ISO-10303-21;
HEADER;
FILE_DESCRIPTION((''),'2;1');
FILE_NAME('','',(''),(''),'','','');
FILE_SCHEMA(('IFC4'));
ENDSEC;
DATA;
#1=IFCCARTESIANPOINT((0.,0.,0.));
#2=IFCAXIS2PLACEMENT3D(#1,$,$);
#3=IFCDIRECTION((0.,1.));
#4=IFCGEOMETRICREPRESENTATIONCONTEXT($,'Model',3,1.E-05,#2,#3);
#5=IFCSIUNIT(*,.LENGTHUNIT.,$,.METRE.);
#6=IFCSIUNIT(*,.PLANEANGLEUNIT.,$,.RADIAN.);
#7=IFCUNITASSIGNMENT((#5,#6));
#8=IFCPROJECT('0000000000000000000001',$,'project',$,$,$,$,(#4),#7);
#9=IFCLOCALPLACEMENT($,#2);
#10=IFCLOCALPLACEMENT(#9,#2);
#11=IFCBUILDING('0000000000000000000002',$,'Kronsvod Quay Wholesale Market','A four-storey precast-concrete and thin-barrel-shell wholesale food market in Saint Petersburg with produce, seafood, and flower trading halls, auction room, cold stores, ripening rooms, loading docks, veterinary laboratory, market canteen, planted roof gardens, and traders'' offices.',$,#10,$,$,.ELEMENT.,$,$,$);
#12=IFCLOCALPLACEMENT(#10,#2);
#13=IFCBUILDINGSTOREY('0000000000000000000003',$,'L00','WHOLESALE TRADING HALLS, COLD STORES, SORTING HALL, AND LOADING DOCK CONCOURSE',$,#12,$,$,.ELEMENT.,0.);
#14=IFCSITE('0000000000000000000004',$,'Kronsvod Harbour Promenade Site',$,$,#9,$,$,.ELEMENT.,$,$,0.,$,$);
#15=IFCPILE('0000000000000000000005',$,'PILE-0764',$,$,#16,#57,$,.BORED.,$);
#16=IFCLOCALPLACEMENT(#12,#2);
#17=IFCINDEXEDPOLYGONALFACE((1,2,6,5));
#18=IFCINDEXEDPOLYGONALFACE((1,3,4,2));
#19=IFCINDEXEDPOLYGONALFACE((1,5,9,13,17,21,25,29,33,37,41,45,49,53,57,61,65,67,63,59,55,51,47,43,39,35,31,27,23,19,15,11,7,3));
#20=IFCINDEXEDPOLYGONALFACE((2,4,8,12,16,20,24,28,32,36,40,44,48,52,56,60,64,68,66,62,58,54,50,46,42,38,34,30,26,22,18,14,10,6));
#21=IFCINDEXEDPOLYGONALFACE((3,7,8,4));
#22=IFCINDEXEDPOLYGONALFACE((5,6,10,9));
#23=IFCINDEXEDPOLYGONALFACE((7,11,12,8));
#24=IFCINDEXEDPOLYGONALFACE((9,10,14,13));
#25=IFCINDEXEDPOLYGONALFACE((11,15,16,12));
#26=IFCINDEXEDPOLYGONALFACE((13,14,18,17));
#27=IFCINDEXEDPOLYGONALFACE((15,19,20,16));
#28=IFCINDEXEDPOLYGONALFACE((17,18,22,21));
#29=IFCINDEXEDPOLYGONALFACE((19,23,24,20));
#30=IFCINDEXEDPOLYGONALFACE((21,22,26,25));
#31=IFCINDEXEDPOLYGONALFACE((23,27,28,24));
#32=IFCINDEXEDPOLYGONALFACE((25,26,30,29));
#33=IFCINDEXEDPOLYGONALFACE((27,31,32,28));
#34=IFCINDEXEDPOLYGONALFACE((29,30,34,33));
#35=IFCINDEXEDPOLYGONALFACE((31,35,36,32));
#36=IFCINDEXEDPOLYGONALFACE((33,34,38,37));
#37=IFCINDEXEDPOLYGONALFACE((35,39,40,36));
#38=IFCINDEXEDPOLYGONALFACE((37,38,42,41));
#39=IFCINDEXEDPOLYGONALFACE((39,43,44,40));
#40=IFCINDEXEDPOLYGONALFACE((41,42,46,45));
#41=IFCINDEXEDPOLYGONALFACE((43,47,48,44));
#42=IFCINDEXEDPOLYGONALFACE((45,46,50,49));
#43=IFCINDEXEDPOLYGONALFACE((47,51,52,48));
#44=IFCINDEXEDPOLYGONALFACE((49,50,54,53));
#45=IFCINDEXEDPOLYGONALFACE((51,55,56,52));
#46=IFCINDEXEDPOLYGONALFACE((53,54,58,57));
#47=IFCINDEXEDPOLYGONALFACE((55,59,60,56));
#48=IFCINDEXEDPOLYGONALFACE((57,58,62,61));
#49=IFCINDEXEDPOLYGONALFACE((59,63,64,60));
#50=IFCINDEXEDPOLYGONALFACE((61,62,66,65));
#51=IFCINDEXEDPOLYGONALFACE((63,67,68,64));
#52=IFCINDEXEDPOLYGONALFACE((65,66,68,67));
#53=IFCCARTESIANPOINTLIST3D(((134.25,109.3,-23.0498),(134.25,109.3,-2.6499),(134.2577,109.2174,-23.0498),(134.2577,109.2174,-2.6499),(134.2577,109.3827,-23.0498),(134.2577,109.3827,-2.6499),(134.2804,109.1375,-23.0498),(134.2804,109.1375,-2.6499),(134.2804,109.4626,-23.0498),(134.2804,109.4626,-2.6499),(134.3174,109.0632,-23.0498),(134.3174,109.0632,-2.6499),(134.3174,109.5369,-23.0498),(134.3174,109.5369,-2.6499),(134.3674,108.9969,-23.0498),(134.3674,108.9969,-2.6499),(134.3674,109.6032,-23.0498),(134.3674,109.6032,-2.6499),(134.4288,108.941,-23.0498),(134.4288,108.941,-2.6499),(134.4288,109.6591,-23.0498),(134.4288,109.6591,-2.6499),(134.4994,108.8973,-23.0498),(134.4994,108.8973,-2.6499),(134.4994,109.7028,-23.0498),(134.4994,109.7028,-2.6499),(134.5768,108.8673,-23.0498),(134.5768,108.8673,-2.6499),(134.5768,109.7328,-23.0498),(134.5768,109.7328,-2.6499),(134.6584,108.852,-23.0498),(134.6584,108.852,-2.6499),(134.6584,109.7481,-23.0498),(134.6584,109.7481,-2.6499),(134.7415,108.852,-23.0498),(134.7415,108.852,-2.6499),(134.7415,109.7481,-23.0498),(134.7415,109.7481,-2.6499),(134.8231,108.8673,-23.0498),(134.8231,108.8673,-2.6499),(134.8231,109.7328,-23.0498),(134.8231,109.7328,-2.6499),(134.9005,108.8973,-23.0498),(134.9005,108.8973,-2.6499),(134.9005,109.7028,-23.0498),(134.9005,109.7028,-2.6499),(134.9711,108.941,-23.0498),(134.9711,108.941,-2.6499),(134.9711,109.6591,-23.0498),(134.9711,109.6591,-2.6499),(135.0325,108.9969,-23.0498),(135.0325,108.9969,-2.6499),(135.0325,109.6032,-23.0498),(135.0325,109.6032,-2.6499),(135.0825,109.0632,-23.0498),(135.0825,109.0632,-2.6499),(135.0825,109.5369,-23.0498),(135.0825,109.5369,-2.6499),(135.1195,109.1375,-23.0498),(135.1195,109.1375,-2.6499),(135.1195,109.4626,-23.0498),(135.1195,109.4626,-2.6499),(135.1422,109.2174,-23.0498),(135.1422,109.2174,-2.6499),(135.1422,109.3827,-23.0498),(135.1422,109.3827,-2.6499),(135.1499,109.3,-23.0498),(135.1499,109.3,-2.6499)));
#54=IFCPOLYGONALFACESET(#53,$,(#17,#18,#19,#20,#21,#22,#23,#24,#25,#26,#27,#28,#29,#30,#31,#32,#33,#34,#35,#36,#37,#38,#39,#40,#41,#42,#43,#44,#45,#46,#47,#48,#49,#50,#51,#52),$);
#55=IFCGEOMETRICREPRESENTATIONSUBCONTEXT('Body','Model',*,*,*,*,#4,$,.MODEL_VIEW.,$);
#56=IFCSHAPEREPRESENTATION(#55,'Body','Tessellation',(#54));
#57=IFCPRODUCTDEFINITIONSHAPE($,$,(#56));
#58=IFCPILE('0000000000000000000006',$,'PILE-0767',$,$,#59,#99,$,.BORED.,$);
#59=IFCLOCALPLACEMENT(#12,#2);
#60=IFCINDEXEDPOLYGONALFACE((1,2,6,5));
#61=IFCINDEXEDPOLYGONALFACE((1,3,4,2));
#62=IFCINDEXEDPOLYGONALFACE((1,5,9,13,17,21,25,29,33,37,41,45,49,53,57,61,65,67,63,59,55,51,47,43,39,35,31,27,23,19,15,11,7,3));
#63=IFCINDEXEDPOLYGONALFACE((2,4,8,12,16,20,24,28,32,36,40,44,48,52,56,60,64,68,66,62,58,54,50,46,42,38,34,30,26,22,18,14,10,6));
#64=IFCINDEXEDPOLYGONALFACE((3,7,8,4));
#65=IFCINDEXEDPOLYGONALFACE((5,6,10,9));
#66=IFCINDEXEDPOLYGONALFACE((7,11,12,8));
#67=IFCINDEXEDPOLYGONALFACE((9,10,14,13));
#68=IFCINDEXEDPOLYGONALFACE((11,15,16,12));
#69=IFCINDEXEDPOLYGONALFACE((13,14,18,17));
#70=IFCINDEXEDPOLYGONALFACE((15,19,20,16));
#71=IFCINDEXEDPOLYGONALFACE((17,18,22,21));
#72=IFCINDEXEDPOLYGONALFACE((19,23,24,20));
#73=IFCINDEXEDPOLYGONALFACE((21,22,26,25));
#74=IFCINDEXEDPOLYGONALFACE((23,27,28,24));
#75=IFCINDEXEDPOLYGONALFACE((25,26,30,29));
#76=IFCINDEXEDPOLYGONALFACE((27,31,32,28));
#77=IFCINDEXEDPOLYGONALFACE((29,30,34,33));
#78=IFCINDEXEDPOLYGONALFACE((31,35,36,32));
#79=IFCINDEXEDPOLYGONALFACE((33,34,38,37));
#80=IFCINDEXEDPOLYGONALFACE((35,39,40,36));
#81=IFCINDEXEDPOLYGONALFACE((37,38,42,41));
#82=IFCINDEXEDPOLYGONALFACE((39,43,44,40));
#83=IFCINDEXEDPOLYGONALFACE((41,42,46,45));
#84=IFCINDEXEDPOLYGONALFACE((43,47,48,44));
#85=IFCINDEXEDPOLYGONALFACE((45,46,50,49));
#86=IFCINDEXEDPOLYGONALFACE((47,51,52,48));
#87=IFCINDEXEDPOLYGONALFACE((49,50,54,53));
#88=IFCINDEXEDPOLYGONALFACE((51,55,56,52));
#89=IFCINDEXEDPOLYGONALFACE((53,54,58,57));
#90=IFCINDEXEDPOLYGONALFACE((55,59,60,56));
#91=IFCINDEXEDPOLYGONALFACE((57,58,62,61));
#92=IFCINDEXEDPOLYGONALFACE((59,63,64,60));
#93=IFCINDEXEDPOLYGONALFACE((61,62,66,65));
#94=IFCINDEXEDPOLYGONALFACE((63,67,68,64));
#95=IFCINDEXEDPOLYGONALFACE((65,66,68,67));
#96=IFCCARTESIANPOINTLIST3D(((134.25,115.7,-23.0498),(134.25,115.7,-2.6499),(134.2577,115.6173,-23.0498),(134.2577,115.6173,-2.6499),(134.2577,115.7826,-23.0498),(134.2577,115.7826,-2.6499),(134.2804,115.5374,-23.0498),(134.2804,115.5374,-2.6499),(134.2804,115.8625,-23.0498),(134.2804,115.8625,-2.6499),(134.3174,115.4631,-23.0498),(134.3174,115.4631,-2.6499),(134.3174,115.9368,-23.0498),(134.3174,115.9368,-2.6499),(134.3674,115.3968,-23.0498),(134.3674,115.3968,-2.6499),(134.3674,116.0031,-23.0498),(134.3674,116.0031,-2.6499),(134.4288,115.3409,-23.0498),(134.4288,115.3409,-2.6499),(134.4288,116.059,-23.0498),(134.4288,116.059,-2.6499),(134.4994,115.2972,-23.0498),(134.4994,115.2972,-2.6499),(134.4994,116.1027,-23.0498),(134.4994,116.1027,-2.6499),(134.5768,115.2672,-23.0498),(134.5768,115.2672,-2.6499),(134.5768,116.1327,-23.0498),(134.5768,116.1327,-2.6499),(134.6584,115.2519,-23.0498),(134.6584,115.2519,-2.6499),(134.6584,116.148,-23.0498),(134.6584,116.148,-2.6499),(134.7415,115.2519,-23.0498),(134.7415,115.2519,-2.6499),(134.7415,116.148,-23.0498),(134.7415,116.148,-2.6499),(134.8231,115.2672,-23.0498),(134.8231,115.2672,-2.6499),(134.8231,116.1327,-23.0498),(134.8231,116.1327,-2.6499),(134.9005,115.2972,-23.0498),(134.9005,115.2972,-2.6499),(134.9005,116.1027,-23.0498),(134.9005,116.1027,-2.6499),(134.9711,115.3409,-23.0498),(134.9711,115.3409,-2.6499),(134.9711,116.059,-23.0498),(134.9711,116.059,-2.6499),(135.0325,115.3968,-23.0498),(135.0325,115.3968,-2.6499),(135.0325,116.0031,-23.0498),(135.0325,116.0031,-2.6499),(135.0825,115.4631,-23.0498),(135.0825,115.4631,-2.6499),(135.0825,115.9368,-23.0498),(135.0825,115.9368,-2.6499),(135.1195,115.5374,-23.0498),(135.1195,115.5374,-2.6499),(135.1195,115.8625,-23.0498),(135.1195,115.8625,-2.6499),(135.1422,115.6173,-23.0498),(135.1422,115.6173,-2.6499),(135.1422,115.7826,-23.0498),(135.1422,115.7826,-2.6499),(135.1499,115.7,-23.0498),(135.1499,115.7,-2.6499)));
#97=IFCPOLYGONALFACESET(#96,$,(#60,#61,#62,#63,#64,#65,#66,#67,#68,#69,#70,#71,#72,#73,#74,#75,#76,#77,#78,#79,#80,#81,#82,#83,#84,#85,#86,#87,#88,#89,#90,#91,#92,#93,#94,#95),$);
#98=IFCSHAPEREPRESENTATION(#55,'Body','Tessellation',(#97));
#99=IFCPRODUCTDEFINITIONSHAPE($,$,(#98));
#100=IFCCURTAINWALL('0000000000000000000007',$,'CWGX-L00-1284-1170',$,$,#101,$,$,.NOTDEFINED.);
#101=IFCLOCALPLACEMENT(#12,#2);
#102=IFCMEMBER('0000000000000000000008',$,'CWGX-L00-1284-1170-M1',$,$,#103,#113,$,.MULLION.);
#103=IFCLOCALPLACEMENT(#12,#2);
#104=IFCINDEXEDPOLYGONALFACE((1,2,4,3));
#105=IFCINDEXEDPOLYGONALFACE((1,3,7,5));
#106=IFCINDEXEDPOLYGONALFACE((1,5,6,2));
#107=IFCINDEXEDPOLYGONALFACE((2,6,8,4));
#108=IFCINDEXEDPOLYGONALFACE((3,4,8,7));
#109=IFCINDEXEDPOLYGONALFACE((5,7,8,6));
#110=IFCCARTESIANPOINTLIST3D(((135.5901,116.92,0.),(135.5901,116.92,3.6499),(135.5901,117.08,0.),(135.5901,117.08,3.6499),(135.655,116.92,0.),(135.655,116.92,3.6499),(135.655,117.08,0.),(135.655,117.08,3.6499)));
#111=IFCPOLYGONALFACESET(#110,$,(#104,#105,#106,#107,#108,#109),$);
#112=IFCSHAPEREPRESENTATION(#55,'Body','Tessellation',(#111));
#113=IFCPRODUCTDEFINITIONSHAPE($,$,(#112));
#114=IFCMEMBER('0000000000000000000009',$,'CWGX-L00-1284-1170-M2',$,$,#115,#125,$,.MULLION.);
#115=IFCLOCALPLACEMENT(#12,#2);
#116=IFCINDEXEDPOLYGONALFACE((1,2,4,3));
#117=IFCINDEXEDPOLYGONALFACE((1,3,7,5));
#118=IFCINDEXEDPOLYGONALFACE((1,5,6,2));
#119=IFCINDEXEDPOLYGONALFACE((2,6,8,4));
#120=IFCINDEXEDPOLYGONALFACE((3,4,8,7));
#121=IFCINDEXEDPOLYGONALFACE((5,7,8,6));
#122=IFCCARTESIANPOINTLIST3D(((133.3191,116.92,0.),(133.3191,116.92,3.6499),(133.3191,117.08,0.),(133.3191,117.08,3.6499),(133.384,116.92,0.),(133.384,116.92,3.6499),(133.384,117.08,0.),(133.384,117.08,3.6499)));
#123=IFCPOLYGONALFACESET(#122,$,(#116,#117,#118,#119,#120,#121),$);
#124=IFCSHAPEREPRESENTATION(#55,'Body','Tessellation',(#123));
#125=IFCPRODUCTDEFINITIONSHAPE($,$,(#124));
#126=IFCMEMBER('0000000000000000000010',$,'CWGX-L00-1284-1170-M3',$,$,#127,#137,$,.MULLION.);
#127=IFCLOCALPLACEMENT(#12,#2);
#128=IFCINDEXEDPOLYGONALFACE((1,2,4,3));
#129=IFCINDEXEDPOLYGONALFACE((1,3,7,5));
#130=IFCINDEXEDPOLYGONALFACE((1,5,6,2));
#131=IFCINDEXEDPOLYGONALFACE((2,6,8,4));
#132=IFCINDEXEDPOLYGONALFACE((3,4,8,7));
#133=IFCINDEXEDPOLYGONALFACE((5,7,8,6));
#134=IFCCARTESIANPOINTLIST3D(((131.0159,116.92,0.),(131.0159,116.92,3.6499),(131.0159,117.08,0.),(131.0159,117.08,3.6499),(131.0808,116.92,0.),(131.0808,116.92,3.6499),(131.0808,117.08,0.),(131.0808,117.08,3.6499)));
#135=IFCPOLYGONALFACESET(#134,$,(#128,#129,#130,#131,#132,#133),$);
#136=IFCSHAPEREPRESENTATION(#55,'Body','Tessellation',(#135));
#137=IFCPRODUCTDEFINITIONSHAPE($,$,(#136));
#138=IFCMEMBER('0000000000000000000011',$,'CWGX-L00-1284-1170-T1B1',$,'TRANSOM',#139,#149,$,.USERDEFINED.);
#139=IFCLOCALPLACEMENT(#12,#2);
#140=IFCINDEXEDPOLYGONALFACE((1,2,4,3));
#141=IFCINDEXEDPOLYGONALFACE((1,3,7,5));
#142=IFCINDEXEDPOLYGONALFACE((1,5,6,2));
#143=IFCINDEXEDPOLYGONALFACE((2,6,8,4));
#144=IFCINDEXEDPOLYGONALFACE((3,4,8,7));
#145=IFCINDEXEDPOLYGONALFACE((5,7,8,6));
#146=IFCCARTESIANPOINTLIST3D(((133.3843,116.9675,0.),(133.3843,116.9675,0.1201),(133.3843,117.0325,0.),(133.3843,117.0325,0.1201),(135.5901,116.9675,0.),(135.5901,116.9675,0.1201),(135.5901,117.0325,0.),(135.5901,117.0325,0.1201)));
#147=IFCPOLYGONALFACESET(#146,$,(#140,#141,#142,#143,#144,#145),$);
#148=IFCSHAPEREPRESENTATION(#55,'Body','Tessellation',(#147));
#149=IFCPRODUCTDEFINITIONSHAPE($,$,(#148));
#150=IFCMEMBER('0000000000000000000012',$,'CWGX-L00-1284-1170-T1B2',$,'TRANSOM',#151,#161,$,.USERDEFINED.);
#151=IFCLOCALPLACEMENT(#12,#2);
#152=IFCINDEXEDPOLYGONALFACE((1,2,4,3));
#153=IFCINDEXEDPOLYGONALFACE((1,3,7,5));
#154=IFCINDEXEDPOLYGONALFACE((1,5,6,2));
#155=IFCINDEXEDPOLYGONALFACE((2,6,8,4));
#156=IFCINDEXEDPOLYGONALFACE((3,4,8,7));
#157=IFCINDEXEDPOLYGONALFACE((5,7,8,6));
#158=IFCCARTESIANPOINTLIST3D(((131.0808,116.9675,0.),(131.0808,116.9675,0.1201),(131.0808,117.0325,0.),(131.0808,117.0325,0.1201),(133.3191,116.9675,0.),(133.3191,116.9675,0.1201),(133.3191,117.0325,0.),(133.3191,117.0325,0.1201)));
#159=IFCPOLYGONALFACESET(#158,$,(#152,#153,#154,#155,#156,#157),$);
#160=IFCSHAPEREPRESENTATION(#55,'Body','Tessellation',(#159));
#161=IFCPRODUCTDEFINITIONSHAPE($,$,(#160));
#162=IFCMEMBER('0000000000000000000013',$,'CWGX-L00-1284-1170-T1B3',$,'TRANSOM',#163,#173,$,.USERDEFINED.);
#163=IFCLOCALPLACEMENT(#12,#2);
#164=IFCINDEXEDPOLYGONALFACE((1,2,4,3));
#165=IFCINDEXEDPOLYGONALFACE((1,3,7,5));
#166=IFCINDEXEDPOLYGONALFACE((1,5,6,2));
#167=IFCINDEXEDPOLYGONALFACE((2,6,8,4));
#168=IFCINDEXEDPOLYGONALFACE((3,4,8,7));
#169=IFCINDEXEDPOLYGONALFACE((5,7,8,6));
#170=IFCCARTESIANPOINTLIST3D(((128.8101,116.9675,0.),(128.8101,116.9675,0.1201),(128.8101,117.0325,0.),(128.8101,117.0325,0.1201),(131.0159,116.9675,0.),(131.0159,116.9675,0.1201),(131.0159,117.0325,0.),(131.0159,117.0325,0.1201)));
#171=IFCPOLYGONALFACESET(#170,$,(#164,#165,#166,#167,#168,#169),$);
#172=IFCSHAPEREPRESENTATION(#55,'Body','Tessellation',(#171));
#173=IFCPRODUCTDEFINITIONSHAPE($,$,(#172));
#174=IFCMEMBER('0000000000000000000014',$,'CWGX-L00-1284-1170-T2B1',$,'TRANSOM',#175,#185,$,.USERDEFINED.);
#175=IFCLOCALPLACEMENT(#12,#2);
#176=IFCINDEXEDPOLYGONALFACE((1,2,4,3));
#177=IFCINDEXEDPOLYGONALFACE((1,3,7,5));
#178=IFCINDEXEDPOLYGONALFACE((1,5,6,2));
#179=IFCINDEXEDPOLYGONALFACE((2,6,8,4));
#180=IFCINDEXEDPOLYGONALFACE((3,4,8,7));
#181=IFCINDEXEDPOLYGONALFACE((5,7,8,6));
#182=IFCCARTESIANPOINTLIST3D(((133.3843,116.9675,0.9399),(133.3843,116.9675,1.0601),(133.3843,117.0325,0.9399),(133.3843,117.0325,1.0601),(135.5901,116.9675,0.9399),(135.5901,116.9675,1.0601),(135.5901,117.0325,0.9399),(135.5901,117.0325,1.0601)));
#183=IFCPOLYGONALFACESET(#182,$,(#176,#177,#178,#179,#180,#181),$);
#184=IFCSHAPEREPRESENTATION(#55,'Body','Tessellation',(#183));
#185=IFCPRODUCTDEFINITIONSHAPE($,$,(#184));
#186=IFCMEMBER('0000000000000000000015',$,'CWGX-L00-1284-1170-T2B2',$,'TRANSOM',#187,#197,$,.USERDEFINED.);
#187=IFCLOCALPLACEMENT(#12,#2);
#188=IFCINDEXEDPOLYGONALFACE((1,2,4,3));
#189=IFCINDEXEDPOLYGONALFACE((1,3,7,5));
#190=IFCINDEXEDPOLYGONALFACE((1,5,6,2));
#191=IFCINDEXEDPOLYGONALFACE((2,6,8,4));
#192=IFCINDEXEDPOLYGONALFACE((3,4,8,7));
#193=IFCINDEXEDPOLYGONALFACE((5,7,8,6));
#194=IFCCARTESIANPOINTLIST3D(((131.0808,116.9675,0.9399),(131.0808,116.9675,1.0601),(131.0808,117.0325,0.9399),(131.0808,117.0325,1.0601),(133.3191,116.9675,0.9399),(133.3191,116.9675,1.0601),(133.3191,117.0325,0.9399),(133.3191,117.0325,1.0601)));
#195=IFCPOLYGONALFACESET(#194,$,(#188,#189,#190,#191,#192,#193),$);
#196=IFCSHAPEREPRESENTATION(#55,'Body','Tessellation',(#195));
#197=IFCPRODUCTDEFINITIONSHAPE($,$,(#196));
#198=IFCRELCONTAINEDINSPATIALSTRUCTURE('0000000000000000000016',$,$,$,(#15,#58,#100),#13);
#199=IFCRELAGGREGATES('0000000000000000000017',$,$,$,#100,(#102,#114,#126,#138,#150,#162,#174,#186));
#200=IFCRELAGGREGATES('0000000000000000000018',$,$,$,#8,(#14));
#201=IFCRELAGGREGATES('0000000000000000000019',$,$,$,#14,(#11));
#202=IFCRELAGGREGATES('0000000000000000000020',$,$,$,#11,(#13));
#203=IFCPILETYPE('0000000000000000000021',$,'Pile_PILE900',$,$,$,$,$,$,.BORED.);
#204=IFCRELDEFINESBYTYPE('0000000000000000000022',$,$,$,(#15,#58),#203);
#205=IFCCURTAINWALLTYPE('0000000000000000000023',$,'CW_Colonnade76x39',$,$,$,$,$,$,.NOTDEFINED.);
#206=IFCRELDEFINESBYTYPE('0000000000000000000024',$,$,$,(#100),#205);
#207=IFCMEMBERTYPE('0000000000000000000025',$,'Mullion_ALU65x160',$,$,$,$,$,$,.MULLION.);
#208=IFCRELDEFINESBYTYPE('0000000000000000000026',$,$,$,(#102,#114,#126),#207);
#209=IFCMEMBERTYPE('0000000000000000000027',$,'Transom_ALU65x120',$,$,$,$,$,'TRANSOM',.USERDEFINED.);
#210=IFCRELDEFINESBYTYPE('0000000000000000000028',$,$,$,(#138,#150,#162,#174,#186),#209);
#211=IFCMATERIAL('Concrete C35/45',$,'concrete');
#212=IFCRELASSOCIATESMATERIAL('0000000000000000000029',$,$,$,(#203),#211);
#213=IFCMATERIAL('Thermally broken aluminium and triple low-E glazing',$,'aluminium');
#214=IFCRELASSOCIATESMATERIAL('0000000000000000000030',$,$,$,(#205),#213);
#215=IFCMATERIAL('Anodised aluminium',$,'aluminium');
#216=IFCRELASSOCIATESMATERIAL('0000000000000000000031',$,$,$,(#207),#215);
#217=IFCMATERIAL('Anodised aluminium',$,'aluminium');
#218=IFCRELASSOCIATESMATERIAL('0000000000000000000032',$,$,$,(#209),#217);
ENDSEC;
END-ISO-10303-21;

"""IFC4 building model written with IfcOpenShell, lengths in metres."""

from ifc_helpers import new_model, si_unit, direction, frame, origin, origin_2d, place, context, subcontext, project, spatial, rectangle, circle, extrude, material, material_profile, profile_set, type_object, element, aggregate, save


model = new_model("IFC4")

# Units and contexts
model_context = context("Model", 3, precision=1e-05, world=origin(), true_north=direction((0.0, 1.0)))
body_context = subcontext(model_context, "Body", "Model", "MODEL_VIEW")
ifc_project = project(units=[si_unit("LENGTHUNIT", "METRE"), si_unit("PLANEANGLEUNIT", "RADIAN")], contexts=[model_context])

# Site, building, storey
site_placement = place(None, origin())
site = spatial("IfcSite", under=ifc_project, at=site_placement, Name="Kronsvod Harbour Promenade Site", CompositionType="ELEMENT", RefElevation=0.0)
building_placement = place(site_placement, origin())
building = spatial("IfcBuilding", under=site, at=building_placement, Name="Kronsvod Quay Wholesale Market", Description="A four-storey precast-concrete and thin-barrel-shell wholesale food market in Saint Petersburg with produce, seafood, and flower trading halls, auction room, cold stores, ripening rooms, loading docks, veterinary laboratory, market canteen, planted roof gardens, and traders' offices.", CompositionType="ELEMENT")
storey_placement = place(building_placement, origin())
storey = spatial("IfcBuildingStorey", under=building, at=storey_placement, Name="L00", Description="WHOLESALE TRADING HALLS, COLD STORES, SORTING HALL, AND LOADING DOCK CONCOURSE", CompositionType="ELEMENT", Elevation=0.0)

# Piles
ifc_material_1 = material(Name="Concrete C35/45", Category="concrete")
ifc_material_profile_1 = material_profile(ifc_material_1, circle(Radius=0.45, at=origin_2d()), Name="PILE900")
ifc_profile_set_1 = profile_set([ifc_material_profile_1], Name="Concrete C35/45")
pile_type = type_object("IfcPileType", Name="Pile_PILE900", PredefinedType="BORED", material=ifc_profile_set_1)
for number, where, z_axis, x_axis, name in (
    (1, (134.7, 109.3, -2.6499), (0.0, 0.0, -1.0), (1.0, 0.0, 0.0), "PILE-0764"),
    (2, (134.7, 115.7, -2.6499), (0.0, 0.0, -1.0), (1.0, 0.0, 0.0), "PILE-0767"),
):
    element("IfcPile", number, at=place(storey_placement, frame(where, z_axis=z_axis, x_axis=x_axis)), inside=storey, type_object=pile_type, Name=name, PredefinedType="BORED", context=body_context, shape_type="SweptSolid", body=[
        extrude(circle(Radius=0.45, at=origin_2d()), origin(), (0.0, 0.0, 1.0), 20.3999),
    ])

# Curtain wall, members
ifc_material_2 = material(Name="Thermally broken aluminium and triple low-E glazing", Category="aluminium")
curtain_wall_type = type_object("IfcCurtainWallType", Name="CW_Colonnade76x39", PredefinedType="NOTDEFINED", material=ifc_material_2)
curtain_wall_placement = place(storey_placement, origin())
curtain_wall = element("IfcCurtainWall", 3, at=curtain_wall_placement, inside=storey, type_object=curtain_wall_type, Name="CWGX-L00-1284-1170", PredefinedType="NOTDEFINED")
ifc_material_3 = material(Name="Anodised aluminium", Category="aluminium")
ifc_material_profile_2 = material_profile(ifc_material_3, rectangle(XDim=0.0649, YDim=0.1599, at=origin_2d()), Name="ALUM65x160")
ifc_profile_set_2 = profile_set([ifc_material_profile_2], Name="Anodised aluminium")
member_type_1 = type_object("IfcMemberType", Name="Mullion_ALU65x160", PredefinedType="MULLION", material=ifc_profile_set_2)
member_1_placement = place(storey_placement, frame((135.6226, 117.0, 0.0), z_axis=(0.0, 0.0, 1.0), x_axis=(1.0, 0.0, 0.0)))
member_1 = element("IfcMember", 4, at=member_1_placement, type_object=member_type_1, Name="CWGX-L00-1284-1170-M1", PredefinedType="MULLION", context=body_context, shape_type="SweptSolid", body=[
    extrude(rectangle(XDim=0.0649, YDim=0.1599, at=origin_2d()), origin(), (0.0, 0.0, 1.0), 3.6499),
])
member_2_placement = place(storey_placement, frame((133.3516, 117.0, 0.0), z_axis=(0.0, 0.0, 1.0), x_axis=(1.0, 0.0, 0.0)))
member_2 = element("IfcMember", 5, at=member_2_placement, type_object=member_type_1, Name="CWGX-L00-1284-1170-M2", PredefinedType="MULLION", context=body_context, shape_type="SweptSolid", body=[
    extrude(rectangle(XDim=0.0649, YDim=0.1599, at=origin_2d()), origin(), (0.0, 0.0, 1.0), 3.6499),
])
member_3_placement = place(storey_placement, frame((131.0483, 117.0, 0.0), z_axis=(0.0, 0.0, 1.0), x_axis=(1.0, 0.0, 0.0)))
member_3 = element("IfcMember", 6, at=member_3_placement, type_object=member_type_1, Name="CWGX-L00-1284-1170-M3", PredefinedType="MULLION", context=body_context, shape_type="SweptSolid", body=[
    extrude(rectangle(XDim=0.0649, YDim=0.1599, at=origin_2d()), origin(), (0.0, 0.0, 1.0), 3.6499),
])
ifc_material_4 = material(Name="Anodised aluminium", Category="aluminium")
ifc_material_profile_3 = material_profile(ifc_material_4, rectangle(XDim=0.0649, YDim=0.1201, at=origin_2d()), Name="ALUT65x120")
ifc_profile_set_3 = profile_set([ifc_material_profile_3], Name="Anodised aluminium")
member_type_2 = type_object("IfcMemberType", Name="Transom_ALU65x120", ElementType="TRANSOM", PredefinedType="USERDEFINED", material=ifc_profile_set_3)
member_4_placement = place(storey_placement, frame((135.5901, 117.0, 0.0601), z_axis=(-1.0, 0.0, 0.0), x_axis=(0.0, -1.0, 0.0)))
member_4 = element("IfcMember", 7, at=member_4_placement, type_object=member_type_2, Name="CWGX-L00-1284-1170-T1B1", ObjectType="TRANSOM", PredefinedType="USERDEFINED", context=body_context, shape_type="SweptSolid", body=[
    extrude(rectangle(XDim=0.0649, YDim=0.1201, at=origin_2d()), origin(), (0.0, 0.0, 1.0), 2.2058),
])
member_5_placement = place(storey_placement, frame((133.3191, 117.0, 0.0601), z_axis=(-1.0, 0.0, 0.0), x_axis=(0.0, -1.0, 0.0)))
member_5 = element("IfcMember", 8, at=member_5_placement, type_object=member_type_2, Name="CWGX-L00-1284-1170-T1B2", ObjectType="TRANSOM", PredefinedType="USERDEFINED", context=body_context, shape_type="SweptSolid", body=[
    extrude(rectangle(XDim=0.0649, YDim=0.1201, at=origin_2d()), origin(), (0.0, 0.0, 1.0), 2.2383),
])
member_6_placement = place(storey_placement, frame((131.0159, 117.0, 0.0601), z_axis=(-1.0, 0.0, 0.0), x_axis=(0.0, -1.0, 0.0)))
member_6 = element("IfcMember", 9, at=member_6_placement, type_object=member_type_2, Name="CWGX-L00-1284-1170-T1B3", ObjectType="TRANSOM", PredefinedType="USERDEFINED", context=body_context, shape_type="SweptSolid", body=[
    extrude(rectangle(XDim=0.0649, YDim=0.1201, at=origin_2d()), origin(), (0.0, 0.0, 1.0), 2.2058),
])
member_7_placement = place(storey_placement, frame((135.5901, 117.0, 1.0), z_axis=(-1.0, 0.0, 0.0), x_axis=(0.0, -1.0, 0.0)))
member_7 = element("IfcMember", 10, at=member_7_placement, type_object=member_type_2, Name="CWGX-L00-1284-1170-T2B1", ObjectType="TRANSOM", PredefinedType="USERDEFINED", context=body_context, shape_type="SweptSolid", body=[
    extrude(rectangle(XDim=0.0649, YDim=0.1201, at=origin_2d()), origin(), (0.0, 0.0, 1.0), 2.2058),
])
member_8_placement = place(storey_placement, frame((133.3191, 117.0, 1.0), z_axis=(-1.0, 0.0, 0.0), x_axis=(0.0, -1.0, 0.0)))
member_8 = element("IfcMember", 11, at=member_8_placement, type_object=member_type_2, Name="CWGX-L00-1284-1170-T2B2", ObjectType="TRANSOM", PredefinedType="USERDEFINED", context=body_context, shape_type="SweptSolid", body=[
    extrude(rectangle(XDim=0.0649, YDim=0.1201, at=origin_2d()), origin(), (0.0, 0.0, 1.0), 2.2383),
])
aggregate(curtain_wall, [member_1, member_2, member_3, member_4, member_5, member_6, member_7, member_8])

save(model, "model.ifc")
